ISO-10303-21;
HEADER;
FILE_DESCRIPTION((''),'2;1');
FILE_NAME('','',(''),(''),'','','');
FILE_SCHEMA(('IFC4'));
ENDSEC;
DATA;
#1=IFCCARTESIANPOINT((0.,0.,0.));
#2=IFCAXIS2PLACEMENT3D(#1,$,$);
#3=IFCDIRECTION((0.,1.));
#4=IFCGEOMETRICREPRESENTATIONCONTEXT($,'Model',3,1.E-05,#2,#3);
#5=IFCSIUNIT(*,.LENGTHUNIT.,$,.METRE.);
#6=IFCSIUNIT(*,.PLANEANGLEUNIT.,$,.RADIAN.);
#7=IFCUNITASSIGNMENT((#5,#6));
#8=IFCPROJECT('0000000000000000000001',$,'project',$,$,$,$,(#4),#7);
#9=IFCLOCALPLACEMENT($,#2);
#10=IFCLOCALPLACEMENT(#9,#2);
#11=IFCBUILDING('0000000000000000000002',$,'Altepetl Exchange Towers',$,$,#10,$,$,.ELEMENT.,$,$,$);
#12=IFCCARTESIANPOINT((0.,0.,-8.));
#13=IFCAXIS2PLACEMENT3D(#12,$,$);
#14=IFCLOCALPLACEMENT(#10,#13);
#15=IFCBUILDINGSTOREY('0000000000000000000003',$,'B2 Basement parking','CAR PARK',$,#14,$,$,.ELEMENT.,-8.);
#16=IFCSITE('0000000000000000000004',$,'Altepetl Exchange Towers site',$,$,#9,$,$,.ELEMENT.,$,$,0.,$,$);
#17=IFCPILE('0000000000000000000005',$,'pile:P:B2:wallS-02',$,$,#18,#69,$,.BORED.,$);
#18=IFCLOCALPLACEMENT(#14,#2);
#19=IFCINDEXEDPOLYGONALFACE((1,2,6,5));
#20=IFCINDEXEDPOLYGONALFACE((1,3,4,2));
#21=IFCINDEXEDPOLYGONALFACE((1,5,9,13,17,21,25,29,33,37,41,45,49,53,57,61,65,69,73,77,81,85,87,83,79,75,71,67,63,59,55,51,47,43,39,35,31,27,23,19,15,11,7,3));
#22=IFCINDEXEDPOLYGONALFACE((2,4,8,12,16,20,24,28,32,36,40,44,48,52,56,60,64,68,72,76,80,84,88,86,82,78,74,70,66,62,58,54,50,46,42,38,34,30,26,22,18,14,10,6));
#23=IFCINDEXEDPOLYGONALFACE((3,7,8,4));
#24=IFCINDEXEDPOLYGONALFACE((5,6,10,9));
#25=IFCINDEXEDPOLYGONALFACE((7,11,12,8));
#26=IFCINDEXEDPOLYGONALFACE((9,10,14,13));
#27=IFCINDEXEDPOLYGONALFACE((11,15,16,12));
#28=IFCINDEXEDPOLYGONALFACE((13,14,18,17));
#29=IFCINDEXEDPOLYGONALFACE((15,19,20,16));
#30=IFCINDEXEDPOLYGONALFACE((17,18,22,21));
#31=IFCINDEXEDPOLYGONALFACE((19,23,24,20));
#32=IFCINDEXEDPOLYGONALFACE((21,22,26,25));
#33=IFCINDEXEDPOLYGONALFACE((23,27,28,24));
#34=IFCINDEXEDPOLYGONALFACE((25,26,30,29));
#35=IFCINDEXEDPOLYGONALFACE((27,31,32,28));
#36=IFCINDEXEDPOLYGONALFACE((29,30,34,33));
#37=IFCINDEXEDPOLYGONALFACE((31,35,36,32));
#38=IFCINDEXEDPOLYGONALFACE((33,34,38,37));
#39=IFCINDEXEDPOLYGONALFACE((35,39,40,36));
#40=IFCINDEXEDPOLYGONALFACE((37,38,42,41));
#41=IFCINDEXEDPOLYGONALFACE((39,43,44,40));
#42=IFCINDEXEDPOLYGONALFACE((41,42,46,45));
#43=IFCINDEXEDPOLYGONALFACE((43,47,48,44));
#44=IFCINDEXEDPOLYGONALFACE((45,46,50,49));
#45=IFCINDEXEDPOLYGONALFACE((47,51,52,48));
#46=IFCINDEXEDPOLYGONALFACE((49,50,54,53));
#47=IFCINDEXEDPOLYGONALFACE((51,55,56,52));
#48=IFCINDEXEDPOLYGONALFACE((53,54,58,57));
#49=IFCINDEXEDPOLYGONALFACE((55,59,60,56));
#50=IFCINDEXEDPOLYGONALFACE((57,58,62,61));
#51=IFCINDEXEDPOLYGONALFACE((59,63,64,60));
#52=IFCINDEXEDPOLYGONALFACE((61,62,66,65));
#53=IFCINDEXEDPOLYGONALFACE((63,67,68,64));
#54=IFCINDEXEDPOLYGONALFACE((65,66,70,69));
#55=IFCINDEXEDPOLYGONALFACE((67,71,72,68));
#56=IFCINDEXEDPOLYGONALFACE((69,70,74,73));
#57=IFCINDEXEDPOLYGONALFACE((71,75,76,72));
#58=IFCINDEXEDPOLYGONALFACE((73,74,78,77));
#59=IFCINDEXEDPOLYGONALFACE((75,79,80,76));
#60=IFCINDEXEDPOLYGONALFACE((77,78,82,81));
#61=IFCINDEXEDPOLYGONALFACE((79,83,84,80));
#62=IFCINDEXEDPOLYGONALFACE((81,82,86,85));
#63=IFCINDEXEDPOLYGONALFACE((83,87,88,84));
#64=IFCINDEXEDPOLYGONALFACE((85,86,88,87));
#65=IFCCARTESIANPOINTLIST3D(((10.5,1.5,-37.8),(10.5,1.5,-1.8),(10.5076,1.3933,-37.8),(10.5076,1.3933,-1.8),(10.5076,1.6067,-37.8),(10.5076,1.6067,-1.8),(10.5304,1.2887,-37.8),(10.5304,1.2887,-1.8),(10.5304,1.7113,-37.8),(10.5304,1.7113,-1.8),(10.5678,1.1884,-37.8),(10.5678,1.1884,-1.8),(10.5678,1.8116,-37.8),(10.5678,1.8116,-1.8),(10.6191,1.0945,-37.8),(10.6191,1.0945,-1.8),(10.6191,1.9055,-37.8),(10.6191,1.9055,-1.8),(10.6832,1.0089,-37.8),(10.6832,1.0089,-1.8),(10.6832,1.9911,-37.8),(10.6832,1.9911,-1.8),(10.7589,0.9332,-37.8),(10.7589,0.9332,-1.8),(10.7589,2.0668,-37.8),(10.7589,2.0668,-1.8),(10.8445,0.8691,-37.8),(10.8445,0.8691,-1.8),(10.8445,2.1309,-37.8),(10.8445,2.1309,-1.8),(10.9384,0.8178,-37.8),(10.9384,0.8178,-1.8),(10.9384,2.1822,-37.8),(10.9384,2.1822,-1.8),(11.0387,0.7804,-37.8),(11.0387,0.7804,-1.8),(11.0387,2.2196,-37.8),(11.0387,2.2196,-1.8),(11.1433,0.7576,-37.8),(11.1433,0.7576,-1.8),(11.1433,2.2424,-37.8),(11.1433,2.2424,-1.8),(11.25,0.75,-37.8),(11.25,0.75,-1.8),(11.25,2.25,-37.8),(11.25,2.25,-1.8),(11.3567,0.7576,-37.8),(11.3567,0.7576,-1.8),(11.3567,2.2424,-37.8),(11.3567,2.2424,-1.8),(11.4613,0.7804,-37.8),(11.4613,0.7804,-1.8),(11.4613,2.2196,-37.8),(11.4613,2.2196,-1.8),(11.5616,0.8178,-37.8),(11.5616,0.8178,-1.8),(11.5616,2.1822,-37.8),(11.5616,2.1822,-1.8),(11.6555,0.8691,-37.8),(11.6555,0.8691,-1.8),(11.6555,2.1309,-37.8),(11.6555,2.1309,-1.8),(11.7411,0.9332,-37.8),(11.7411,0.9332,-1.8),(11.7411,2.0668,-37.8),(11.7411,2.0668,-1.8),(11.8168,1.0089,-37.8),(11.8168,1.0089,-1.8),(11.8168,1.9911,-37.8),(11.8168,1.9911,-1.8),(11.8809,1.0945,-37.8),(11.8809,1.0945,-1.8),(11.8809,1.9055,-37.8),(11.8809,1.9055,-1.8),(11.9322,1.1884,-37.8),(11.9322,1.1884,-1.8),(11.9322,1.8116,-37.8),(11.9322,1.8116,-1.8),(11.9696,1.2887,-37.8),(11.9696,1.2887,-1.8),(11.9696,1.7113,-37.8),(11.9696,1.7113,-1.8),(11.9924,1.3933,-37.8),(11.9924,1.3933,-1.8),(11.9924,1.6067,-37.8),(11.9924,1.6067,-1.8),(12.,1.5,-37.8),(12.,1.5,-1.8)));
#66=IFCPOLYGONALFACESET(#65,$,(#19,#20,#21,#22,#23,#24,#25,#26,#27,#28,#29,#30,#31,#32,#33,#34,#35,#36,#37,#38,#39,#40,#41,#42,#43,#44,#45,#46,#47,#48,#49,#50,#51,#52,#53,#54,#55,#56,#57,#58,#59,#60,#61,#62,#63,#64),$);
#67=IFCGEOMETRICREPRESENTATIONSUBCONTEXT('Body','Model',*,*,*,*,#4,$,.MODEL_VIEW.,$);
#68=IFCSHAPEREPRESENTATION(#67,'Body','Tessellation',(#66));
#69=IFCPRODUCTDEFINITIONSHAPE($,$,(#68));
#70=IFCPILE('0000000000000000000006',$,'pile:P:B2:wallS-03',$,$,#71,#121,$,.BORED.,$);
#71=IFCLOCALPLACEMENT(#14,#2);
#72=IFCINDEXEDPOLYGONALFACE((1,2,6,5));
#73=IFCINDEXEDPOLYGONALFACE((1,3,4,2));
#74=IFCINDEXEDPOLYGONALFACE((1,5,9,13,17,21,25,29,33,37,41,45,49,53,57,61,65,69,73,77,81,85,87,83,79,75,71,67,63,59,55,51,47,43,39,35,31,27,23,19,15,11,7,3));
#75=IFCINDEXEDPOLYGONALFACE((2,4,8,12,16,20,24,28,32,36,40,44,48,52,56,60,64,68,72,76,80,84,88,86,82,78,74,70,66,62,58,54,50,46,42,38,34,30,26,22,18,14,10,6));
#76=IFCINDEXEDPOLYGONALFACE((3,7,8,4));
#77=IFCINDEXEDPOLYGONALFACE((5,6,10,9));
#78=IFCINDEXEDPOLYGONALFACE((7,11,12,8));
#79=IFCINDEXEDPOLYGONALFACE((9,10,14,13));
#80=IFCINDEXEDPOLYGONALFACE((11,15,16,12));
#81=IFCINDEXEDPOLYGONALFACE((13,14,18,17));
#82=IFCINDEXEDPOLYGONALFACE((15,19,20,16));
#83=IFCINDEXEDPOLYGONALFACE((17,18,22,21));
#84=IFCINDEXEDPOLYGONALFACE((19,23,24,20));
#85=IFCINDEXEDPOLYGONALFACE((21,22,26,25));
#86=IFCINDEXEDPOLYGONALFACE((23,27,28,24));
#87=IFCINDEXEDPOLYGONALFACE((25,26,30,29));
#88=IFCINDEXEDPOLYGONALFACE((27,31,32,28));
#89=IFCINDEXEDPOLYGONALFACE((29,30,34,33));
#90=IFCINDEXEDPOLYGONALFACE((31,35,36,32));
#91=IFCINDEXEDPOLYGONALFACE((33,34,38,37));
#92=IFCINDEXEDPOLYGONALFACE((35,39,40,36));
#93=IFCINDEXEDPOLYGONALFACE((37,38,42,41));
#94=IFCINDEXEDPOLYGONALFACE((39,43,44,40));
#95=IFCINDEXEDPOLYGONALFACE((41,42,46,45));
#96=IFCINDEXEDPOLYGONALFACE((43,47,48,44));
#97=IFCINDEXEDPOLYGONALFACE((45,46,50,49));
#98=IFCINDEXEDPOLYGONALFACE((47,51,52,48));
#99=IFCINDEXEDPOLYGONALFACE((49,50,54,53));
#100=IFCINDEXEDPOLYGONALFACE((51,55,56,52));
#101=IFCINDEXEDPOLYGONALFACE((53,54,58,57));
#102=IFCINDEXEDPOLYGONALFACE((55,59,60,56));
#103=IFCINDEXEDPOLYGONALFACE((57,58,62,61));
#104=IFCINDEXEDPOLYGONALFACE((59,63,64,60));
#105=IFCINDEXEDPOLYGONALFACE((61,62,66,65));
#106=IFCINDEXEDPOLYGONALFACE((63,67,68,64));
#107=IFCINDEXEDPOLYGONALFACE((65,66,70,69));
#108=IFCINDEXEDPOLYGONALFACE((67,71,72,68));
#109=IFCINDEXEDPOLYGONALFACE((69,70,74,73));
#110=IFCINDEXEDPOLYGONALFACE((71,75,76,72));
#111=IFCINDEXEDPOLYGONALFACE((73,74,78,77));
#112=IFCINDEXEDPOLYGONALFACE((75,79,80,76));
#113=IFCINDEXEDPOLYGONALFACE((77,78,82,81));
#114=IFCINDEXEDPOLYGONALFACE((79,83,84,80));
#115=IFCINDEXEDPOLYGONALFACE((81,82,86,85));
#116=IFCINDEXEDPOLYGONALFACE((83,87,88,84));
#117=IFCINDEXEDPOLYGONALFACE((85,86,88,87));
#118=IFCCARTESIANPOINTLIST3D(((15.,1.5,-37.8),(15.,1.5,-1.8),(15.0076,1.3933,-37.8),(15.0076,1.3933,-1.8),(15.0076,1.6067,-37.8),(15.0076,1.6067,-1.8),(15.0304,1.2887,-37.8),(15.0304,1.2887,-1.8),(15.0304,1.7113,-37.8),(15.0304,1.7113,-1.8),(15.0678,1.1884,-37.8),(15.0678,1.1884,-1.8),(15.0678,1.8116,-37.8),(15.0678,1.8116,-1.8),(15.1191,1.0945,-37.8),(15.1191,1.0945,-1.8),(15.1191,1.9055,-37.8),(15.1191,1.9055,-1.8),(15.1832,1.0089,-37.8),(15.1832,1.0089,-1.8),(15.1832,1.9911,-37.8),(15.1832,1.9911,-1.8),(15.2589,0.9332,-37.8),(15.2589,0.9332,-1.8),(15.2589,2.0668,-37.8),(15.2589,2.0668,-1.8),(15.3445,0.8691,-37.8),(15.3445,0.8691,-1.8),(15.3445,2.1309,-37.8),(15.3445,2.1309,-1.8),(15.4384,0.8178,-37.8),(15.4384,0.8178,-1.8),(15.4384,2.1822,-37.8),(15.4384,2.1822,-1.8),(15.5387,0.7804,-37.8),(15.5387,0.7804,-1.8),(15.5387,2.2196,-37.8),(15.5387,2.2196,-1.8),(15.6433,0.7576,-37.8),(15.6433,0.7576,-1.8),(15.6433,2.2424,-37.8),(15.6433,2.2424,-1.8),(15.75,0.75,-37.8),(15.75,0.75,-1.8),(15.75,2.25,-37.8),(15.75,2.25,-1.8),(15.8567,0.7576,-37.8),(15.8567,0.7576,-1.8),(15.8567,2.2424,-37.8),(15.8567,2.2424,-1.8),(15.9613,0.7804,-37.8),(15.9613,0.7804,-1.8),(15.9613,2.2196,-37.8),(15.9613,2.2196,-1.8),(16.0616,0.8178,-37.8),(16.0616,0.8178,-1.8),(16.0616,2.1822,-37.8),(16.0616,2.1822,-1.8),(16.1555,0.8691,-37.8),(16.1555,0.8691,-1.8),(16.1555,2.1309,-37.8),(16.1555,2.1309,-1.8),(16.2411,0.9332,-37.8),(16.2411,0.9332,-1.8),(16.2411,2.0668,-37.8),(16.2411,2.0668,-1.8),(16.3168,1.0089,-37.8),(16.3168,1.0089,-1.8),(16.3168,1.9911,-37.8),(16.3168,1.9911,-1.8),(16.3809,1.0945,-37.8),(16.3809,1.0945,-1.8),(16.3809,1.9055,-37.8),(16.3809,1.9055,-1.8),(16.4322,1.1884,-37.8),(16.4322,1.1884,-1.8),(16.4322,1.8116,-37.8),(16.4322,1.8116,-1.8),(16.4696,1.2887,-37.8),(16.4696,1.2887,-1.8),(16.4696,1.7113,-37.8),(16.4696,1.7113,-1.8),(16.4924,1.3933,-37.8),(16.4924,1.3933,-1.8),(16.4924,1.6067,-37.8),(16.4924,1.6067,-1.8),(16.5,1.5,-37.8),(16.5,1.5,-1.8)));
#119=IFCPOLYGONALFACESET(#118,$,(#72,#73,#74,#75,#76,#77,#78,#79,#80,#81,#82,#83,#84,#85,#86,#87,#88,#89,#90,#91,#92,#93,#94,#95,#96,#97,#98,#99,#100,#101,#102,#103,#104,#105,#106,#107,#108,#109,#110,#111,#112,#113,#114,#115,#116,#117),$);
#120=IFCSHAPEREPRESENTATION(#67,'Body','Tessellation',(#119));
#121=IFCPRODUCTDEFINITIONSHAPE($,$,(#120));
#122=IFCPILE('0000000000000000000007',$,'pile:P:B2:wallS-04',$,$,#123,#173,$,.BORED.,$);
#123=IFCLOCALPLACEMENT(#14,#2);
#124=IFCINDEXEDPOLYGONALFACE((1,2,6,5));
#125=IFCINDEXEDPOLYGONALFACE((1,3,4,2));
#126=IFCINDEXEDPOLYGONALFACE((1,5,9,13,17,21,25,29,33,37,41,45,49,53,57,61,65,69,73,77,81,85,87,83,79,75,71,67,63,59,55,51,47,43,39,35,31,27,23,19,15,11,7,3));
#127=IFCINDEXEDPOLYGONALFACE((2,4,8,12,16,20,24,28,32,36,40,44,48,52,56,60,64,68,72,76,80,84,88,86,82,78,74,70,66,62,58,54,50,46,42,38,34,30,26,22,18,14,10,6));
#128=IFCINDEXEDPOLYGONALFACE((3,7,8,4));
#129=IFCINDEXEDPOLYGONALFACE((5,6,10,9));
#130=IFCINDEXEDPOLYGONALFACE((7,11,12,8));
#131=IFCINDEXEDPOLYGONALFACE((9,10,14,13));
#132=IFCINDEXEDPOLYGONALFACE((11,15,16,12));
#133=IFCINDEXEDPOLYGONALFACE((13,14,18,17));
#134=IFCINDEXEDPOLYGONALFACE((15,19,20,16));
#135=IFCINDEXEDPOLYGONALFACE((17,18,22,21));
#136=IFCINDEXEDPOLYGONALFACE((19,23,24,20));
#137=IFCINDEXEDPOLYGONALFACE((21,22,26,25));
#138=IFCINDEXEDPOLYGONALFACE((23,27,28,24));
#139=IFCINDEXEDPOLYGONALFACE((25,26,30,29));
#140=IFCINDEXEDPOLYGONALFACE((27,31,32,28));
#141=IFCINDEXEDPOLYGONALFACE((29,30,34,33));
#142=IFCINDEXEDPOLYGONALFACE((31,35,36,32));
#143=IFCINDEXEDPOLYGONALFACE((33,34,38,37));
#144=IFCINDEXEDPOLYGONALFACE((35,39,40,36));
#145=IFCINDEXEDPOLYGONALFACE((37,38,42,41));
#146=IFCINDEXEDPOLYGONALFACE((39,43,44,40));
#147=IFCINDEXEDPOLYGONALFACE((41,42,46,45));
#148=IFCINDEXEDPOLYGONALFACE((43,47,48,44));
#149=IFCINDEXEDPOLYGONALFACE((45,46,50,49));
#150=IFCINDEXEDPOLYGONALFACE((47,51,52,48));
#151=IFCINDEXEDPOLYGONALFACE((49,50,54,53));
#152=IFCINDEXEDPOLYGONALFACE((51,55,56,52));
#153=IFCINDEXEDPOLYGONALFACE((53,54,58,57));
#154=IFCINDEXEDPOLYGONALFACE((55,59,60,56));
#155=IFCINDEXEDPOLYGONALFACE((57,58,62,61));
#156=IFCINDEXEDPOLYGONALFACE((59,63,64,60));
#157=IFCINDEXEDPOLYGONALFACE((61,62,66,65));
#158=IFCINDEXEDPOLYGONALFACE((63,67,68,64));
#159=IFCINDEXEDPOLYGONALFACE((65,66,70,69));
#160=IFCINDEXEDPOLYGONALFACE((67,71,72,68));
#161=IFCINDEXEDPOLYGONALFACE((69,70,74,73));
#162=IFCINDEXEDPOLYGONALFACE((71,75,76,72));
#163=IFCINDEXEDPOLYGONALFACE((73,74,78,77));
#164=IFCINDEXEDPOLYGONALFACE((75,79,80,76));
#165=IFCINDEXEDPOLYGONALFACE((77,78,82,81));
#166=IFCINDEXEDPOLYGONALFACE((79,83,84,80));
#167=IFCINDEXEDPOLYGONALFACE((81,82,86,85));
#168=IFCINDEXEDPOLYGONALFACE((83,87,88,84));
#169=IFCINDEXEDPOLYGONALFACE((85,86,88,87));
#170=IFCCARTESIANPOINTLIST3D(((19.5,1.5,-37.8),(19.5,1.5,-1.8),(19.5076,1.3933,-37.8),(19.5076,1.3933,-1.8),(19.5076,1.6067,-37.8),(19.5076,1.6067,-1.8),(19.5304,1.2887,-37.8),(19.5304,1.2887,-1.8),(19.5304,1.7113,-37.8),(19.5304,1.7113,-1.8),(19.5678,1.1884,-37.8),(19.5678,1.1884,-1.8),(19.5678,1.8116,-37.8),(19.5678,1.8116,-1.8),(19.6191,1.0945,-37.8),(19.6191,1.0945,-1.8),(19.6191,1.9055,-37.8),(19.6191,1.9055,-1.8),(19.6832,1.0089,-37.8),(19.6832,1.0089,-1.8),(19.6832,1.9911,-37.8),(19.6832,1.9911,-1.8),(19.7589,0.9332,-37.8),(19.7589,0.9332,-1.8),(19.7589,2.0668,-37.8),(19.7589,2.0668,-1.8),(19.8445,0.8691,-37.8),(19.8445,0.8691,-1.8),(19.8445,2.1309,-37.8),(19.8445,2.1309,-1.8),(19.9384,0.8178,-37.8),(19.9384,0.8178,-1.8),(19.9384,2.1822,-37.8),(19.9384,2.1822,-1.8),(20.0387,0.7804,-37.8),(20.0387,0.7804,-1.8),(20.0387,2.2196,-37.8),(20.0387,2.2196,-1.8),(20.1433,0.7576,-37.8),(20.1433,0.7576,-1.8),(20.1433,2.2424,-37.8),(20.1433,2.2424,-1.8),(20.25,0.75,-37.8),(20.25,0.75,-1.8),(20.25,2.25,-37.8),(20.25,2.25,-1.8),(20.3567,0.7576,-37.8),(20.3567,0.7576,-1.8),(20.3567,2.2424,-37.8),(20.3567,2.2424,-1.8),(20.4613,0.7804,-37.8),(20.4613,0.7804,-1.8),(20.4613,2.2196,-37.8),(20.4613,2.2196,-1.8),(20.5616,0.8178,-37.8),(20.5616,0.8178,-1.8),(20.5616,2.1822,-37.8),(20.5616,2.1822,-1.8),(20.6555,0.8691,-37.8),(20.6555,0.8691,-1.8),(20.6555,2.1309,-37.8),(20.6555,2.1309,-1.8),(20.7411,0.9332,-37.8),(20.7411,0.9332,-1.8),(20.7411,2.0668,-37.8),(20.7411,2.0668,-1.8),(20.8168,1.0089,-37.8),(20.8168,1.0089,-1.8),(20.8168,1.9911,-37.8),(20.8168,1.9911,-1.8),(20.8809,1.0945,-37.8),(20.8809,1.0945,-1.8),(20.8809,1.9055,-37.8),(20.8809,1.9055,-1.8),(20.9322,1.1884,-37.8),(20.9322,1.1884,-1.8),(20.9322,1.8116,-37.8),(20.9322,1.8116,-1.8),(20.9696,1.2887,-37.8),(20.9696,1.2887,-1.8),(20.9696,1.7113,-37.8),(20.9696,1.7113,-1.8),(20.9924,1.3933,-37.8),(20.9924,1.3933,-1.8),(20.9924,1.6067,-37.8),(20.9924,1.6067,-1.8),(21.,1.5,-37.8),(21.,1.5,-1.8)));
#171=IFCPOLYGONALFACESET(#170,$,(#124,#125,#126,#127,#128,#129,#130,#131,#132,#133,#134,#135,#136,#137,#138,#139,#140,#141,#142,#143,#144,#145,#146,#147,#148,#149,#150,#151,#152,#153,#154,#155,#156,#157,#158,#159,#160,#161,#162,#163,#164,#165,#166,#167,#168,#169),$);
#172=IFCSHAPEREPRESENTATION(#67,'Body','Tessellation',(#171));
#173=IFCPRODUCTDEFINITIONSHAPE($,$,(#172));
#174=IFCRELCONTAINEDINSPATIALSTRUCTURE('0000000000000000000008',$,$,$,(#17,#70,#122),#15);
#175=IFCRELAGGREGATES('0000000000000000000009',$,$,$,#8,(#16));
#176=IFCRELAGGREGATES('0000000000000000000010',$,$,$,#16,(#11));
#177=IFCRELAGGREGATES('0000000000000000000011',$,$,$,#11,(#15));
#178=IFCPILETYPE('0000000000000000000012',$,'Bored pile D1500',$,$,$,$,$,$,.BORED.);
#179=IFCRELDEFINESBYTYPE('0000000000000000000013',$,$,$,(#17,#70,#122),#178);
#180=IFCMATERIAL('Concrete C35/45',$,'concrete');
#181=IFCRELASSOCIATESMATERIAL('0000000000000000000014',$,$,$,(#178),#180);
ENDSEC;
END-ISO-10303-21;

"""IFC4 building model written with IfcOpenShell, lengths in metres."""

from ifc_helpers import new_model, si_unit, direction, frame, origin, origin_2d, place, context, subcontext, project, spatial, circle, extrude, material, material_profile, profile_set, type_object, element, save


model = new_model("IFC4")

# Units and contexts
model_context = context("Model", 3, precision=1e-05, world=origin(), true_north=direction((0.0, 1.0)))
body_context = subcontext(model_context, "Body", "Model", "MODEL_VIEW")
ifc_project = project(units=[si_unit("LENGTHUNIT", "METRE"), si_unit("PLANEANGLEUNIT", "RADIAN")], contexts=[model_context])

# Site, building, storey
site_placement = place(None, origin())
site = spatial("IfcSite", under=ifc_project, at=site_placement, Name="Altepetl Exchange Towers site", CompositionType="ELEMENT", RefElevation=0.0)
building_placement = place(site_placement, origin())
building = spatial("IfcBuilding", under=site, at=building_placement, Name="Altepetl Exchange Towers", CompositionType="ELEMENT")
storey_placement = place(building_placement, frame((0.0, 0.0, -8.0)))
storey = spatial("IfcBuildingStorey", under=building, at=storey_placement, Name="B2 Basement parking", Description="CAR PARK", CompositionType="ELEMENT", Elevation=-8.0)

# Piles
ifc_material_1 = material(Name="Concrete C35/45", Category="concrete")
ifc_material_profile_1 = material_profile(ifc_material_1, circle(Radius=0.75, at=origin_2d()), Name="D1500")
ifc_profile_set_1 = profile_set([ifc_material_profile_1], Name="Concrete C35/45")
pile_type_1 = type_object("IfcPileType", Name="Bored pile D1500", PredefinedType="BORED", material=ifc_profile_set_1)
for number, where, z_axis, x_axis, name in (
    (1, (11.25, 1.5, -1.8), (0.0, 0.0, -1.0), (1.0, 0.0, 0.0), "pile:P:B2:wallS-02"),
    (2, (15.75, 1.5, -1.8), (0.0, 0.0, -1.0), (1.0, 0.0, 0.0), "pile:P:B2:wallS-03"),
    (3, (20.25, 1.5, -1.8), (0.0, 0.0, -1.0), (1.0, 0.0, 0.0), "pile:P:B2:wallS-04"),
):
    element("IfcPile", number, at=place(storey_placement, frame(where, z_axis=z_axis, x_axis=x_axis)), inside=storey, type_object=pile_type_1, Name=name, PredefinedType="BORED", context=body_context, shape_type="SweptSolid", body=[
        extrude(circle(Radius=0.75, at=origin_2d()), origin(), (0.0, 0.0, 1.0), 36.0),
    ])

save(model, "model.ifc")
